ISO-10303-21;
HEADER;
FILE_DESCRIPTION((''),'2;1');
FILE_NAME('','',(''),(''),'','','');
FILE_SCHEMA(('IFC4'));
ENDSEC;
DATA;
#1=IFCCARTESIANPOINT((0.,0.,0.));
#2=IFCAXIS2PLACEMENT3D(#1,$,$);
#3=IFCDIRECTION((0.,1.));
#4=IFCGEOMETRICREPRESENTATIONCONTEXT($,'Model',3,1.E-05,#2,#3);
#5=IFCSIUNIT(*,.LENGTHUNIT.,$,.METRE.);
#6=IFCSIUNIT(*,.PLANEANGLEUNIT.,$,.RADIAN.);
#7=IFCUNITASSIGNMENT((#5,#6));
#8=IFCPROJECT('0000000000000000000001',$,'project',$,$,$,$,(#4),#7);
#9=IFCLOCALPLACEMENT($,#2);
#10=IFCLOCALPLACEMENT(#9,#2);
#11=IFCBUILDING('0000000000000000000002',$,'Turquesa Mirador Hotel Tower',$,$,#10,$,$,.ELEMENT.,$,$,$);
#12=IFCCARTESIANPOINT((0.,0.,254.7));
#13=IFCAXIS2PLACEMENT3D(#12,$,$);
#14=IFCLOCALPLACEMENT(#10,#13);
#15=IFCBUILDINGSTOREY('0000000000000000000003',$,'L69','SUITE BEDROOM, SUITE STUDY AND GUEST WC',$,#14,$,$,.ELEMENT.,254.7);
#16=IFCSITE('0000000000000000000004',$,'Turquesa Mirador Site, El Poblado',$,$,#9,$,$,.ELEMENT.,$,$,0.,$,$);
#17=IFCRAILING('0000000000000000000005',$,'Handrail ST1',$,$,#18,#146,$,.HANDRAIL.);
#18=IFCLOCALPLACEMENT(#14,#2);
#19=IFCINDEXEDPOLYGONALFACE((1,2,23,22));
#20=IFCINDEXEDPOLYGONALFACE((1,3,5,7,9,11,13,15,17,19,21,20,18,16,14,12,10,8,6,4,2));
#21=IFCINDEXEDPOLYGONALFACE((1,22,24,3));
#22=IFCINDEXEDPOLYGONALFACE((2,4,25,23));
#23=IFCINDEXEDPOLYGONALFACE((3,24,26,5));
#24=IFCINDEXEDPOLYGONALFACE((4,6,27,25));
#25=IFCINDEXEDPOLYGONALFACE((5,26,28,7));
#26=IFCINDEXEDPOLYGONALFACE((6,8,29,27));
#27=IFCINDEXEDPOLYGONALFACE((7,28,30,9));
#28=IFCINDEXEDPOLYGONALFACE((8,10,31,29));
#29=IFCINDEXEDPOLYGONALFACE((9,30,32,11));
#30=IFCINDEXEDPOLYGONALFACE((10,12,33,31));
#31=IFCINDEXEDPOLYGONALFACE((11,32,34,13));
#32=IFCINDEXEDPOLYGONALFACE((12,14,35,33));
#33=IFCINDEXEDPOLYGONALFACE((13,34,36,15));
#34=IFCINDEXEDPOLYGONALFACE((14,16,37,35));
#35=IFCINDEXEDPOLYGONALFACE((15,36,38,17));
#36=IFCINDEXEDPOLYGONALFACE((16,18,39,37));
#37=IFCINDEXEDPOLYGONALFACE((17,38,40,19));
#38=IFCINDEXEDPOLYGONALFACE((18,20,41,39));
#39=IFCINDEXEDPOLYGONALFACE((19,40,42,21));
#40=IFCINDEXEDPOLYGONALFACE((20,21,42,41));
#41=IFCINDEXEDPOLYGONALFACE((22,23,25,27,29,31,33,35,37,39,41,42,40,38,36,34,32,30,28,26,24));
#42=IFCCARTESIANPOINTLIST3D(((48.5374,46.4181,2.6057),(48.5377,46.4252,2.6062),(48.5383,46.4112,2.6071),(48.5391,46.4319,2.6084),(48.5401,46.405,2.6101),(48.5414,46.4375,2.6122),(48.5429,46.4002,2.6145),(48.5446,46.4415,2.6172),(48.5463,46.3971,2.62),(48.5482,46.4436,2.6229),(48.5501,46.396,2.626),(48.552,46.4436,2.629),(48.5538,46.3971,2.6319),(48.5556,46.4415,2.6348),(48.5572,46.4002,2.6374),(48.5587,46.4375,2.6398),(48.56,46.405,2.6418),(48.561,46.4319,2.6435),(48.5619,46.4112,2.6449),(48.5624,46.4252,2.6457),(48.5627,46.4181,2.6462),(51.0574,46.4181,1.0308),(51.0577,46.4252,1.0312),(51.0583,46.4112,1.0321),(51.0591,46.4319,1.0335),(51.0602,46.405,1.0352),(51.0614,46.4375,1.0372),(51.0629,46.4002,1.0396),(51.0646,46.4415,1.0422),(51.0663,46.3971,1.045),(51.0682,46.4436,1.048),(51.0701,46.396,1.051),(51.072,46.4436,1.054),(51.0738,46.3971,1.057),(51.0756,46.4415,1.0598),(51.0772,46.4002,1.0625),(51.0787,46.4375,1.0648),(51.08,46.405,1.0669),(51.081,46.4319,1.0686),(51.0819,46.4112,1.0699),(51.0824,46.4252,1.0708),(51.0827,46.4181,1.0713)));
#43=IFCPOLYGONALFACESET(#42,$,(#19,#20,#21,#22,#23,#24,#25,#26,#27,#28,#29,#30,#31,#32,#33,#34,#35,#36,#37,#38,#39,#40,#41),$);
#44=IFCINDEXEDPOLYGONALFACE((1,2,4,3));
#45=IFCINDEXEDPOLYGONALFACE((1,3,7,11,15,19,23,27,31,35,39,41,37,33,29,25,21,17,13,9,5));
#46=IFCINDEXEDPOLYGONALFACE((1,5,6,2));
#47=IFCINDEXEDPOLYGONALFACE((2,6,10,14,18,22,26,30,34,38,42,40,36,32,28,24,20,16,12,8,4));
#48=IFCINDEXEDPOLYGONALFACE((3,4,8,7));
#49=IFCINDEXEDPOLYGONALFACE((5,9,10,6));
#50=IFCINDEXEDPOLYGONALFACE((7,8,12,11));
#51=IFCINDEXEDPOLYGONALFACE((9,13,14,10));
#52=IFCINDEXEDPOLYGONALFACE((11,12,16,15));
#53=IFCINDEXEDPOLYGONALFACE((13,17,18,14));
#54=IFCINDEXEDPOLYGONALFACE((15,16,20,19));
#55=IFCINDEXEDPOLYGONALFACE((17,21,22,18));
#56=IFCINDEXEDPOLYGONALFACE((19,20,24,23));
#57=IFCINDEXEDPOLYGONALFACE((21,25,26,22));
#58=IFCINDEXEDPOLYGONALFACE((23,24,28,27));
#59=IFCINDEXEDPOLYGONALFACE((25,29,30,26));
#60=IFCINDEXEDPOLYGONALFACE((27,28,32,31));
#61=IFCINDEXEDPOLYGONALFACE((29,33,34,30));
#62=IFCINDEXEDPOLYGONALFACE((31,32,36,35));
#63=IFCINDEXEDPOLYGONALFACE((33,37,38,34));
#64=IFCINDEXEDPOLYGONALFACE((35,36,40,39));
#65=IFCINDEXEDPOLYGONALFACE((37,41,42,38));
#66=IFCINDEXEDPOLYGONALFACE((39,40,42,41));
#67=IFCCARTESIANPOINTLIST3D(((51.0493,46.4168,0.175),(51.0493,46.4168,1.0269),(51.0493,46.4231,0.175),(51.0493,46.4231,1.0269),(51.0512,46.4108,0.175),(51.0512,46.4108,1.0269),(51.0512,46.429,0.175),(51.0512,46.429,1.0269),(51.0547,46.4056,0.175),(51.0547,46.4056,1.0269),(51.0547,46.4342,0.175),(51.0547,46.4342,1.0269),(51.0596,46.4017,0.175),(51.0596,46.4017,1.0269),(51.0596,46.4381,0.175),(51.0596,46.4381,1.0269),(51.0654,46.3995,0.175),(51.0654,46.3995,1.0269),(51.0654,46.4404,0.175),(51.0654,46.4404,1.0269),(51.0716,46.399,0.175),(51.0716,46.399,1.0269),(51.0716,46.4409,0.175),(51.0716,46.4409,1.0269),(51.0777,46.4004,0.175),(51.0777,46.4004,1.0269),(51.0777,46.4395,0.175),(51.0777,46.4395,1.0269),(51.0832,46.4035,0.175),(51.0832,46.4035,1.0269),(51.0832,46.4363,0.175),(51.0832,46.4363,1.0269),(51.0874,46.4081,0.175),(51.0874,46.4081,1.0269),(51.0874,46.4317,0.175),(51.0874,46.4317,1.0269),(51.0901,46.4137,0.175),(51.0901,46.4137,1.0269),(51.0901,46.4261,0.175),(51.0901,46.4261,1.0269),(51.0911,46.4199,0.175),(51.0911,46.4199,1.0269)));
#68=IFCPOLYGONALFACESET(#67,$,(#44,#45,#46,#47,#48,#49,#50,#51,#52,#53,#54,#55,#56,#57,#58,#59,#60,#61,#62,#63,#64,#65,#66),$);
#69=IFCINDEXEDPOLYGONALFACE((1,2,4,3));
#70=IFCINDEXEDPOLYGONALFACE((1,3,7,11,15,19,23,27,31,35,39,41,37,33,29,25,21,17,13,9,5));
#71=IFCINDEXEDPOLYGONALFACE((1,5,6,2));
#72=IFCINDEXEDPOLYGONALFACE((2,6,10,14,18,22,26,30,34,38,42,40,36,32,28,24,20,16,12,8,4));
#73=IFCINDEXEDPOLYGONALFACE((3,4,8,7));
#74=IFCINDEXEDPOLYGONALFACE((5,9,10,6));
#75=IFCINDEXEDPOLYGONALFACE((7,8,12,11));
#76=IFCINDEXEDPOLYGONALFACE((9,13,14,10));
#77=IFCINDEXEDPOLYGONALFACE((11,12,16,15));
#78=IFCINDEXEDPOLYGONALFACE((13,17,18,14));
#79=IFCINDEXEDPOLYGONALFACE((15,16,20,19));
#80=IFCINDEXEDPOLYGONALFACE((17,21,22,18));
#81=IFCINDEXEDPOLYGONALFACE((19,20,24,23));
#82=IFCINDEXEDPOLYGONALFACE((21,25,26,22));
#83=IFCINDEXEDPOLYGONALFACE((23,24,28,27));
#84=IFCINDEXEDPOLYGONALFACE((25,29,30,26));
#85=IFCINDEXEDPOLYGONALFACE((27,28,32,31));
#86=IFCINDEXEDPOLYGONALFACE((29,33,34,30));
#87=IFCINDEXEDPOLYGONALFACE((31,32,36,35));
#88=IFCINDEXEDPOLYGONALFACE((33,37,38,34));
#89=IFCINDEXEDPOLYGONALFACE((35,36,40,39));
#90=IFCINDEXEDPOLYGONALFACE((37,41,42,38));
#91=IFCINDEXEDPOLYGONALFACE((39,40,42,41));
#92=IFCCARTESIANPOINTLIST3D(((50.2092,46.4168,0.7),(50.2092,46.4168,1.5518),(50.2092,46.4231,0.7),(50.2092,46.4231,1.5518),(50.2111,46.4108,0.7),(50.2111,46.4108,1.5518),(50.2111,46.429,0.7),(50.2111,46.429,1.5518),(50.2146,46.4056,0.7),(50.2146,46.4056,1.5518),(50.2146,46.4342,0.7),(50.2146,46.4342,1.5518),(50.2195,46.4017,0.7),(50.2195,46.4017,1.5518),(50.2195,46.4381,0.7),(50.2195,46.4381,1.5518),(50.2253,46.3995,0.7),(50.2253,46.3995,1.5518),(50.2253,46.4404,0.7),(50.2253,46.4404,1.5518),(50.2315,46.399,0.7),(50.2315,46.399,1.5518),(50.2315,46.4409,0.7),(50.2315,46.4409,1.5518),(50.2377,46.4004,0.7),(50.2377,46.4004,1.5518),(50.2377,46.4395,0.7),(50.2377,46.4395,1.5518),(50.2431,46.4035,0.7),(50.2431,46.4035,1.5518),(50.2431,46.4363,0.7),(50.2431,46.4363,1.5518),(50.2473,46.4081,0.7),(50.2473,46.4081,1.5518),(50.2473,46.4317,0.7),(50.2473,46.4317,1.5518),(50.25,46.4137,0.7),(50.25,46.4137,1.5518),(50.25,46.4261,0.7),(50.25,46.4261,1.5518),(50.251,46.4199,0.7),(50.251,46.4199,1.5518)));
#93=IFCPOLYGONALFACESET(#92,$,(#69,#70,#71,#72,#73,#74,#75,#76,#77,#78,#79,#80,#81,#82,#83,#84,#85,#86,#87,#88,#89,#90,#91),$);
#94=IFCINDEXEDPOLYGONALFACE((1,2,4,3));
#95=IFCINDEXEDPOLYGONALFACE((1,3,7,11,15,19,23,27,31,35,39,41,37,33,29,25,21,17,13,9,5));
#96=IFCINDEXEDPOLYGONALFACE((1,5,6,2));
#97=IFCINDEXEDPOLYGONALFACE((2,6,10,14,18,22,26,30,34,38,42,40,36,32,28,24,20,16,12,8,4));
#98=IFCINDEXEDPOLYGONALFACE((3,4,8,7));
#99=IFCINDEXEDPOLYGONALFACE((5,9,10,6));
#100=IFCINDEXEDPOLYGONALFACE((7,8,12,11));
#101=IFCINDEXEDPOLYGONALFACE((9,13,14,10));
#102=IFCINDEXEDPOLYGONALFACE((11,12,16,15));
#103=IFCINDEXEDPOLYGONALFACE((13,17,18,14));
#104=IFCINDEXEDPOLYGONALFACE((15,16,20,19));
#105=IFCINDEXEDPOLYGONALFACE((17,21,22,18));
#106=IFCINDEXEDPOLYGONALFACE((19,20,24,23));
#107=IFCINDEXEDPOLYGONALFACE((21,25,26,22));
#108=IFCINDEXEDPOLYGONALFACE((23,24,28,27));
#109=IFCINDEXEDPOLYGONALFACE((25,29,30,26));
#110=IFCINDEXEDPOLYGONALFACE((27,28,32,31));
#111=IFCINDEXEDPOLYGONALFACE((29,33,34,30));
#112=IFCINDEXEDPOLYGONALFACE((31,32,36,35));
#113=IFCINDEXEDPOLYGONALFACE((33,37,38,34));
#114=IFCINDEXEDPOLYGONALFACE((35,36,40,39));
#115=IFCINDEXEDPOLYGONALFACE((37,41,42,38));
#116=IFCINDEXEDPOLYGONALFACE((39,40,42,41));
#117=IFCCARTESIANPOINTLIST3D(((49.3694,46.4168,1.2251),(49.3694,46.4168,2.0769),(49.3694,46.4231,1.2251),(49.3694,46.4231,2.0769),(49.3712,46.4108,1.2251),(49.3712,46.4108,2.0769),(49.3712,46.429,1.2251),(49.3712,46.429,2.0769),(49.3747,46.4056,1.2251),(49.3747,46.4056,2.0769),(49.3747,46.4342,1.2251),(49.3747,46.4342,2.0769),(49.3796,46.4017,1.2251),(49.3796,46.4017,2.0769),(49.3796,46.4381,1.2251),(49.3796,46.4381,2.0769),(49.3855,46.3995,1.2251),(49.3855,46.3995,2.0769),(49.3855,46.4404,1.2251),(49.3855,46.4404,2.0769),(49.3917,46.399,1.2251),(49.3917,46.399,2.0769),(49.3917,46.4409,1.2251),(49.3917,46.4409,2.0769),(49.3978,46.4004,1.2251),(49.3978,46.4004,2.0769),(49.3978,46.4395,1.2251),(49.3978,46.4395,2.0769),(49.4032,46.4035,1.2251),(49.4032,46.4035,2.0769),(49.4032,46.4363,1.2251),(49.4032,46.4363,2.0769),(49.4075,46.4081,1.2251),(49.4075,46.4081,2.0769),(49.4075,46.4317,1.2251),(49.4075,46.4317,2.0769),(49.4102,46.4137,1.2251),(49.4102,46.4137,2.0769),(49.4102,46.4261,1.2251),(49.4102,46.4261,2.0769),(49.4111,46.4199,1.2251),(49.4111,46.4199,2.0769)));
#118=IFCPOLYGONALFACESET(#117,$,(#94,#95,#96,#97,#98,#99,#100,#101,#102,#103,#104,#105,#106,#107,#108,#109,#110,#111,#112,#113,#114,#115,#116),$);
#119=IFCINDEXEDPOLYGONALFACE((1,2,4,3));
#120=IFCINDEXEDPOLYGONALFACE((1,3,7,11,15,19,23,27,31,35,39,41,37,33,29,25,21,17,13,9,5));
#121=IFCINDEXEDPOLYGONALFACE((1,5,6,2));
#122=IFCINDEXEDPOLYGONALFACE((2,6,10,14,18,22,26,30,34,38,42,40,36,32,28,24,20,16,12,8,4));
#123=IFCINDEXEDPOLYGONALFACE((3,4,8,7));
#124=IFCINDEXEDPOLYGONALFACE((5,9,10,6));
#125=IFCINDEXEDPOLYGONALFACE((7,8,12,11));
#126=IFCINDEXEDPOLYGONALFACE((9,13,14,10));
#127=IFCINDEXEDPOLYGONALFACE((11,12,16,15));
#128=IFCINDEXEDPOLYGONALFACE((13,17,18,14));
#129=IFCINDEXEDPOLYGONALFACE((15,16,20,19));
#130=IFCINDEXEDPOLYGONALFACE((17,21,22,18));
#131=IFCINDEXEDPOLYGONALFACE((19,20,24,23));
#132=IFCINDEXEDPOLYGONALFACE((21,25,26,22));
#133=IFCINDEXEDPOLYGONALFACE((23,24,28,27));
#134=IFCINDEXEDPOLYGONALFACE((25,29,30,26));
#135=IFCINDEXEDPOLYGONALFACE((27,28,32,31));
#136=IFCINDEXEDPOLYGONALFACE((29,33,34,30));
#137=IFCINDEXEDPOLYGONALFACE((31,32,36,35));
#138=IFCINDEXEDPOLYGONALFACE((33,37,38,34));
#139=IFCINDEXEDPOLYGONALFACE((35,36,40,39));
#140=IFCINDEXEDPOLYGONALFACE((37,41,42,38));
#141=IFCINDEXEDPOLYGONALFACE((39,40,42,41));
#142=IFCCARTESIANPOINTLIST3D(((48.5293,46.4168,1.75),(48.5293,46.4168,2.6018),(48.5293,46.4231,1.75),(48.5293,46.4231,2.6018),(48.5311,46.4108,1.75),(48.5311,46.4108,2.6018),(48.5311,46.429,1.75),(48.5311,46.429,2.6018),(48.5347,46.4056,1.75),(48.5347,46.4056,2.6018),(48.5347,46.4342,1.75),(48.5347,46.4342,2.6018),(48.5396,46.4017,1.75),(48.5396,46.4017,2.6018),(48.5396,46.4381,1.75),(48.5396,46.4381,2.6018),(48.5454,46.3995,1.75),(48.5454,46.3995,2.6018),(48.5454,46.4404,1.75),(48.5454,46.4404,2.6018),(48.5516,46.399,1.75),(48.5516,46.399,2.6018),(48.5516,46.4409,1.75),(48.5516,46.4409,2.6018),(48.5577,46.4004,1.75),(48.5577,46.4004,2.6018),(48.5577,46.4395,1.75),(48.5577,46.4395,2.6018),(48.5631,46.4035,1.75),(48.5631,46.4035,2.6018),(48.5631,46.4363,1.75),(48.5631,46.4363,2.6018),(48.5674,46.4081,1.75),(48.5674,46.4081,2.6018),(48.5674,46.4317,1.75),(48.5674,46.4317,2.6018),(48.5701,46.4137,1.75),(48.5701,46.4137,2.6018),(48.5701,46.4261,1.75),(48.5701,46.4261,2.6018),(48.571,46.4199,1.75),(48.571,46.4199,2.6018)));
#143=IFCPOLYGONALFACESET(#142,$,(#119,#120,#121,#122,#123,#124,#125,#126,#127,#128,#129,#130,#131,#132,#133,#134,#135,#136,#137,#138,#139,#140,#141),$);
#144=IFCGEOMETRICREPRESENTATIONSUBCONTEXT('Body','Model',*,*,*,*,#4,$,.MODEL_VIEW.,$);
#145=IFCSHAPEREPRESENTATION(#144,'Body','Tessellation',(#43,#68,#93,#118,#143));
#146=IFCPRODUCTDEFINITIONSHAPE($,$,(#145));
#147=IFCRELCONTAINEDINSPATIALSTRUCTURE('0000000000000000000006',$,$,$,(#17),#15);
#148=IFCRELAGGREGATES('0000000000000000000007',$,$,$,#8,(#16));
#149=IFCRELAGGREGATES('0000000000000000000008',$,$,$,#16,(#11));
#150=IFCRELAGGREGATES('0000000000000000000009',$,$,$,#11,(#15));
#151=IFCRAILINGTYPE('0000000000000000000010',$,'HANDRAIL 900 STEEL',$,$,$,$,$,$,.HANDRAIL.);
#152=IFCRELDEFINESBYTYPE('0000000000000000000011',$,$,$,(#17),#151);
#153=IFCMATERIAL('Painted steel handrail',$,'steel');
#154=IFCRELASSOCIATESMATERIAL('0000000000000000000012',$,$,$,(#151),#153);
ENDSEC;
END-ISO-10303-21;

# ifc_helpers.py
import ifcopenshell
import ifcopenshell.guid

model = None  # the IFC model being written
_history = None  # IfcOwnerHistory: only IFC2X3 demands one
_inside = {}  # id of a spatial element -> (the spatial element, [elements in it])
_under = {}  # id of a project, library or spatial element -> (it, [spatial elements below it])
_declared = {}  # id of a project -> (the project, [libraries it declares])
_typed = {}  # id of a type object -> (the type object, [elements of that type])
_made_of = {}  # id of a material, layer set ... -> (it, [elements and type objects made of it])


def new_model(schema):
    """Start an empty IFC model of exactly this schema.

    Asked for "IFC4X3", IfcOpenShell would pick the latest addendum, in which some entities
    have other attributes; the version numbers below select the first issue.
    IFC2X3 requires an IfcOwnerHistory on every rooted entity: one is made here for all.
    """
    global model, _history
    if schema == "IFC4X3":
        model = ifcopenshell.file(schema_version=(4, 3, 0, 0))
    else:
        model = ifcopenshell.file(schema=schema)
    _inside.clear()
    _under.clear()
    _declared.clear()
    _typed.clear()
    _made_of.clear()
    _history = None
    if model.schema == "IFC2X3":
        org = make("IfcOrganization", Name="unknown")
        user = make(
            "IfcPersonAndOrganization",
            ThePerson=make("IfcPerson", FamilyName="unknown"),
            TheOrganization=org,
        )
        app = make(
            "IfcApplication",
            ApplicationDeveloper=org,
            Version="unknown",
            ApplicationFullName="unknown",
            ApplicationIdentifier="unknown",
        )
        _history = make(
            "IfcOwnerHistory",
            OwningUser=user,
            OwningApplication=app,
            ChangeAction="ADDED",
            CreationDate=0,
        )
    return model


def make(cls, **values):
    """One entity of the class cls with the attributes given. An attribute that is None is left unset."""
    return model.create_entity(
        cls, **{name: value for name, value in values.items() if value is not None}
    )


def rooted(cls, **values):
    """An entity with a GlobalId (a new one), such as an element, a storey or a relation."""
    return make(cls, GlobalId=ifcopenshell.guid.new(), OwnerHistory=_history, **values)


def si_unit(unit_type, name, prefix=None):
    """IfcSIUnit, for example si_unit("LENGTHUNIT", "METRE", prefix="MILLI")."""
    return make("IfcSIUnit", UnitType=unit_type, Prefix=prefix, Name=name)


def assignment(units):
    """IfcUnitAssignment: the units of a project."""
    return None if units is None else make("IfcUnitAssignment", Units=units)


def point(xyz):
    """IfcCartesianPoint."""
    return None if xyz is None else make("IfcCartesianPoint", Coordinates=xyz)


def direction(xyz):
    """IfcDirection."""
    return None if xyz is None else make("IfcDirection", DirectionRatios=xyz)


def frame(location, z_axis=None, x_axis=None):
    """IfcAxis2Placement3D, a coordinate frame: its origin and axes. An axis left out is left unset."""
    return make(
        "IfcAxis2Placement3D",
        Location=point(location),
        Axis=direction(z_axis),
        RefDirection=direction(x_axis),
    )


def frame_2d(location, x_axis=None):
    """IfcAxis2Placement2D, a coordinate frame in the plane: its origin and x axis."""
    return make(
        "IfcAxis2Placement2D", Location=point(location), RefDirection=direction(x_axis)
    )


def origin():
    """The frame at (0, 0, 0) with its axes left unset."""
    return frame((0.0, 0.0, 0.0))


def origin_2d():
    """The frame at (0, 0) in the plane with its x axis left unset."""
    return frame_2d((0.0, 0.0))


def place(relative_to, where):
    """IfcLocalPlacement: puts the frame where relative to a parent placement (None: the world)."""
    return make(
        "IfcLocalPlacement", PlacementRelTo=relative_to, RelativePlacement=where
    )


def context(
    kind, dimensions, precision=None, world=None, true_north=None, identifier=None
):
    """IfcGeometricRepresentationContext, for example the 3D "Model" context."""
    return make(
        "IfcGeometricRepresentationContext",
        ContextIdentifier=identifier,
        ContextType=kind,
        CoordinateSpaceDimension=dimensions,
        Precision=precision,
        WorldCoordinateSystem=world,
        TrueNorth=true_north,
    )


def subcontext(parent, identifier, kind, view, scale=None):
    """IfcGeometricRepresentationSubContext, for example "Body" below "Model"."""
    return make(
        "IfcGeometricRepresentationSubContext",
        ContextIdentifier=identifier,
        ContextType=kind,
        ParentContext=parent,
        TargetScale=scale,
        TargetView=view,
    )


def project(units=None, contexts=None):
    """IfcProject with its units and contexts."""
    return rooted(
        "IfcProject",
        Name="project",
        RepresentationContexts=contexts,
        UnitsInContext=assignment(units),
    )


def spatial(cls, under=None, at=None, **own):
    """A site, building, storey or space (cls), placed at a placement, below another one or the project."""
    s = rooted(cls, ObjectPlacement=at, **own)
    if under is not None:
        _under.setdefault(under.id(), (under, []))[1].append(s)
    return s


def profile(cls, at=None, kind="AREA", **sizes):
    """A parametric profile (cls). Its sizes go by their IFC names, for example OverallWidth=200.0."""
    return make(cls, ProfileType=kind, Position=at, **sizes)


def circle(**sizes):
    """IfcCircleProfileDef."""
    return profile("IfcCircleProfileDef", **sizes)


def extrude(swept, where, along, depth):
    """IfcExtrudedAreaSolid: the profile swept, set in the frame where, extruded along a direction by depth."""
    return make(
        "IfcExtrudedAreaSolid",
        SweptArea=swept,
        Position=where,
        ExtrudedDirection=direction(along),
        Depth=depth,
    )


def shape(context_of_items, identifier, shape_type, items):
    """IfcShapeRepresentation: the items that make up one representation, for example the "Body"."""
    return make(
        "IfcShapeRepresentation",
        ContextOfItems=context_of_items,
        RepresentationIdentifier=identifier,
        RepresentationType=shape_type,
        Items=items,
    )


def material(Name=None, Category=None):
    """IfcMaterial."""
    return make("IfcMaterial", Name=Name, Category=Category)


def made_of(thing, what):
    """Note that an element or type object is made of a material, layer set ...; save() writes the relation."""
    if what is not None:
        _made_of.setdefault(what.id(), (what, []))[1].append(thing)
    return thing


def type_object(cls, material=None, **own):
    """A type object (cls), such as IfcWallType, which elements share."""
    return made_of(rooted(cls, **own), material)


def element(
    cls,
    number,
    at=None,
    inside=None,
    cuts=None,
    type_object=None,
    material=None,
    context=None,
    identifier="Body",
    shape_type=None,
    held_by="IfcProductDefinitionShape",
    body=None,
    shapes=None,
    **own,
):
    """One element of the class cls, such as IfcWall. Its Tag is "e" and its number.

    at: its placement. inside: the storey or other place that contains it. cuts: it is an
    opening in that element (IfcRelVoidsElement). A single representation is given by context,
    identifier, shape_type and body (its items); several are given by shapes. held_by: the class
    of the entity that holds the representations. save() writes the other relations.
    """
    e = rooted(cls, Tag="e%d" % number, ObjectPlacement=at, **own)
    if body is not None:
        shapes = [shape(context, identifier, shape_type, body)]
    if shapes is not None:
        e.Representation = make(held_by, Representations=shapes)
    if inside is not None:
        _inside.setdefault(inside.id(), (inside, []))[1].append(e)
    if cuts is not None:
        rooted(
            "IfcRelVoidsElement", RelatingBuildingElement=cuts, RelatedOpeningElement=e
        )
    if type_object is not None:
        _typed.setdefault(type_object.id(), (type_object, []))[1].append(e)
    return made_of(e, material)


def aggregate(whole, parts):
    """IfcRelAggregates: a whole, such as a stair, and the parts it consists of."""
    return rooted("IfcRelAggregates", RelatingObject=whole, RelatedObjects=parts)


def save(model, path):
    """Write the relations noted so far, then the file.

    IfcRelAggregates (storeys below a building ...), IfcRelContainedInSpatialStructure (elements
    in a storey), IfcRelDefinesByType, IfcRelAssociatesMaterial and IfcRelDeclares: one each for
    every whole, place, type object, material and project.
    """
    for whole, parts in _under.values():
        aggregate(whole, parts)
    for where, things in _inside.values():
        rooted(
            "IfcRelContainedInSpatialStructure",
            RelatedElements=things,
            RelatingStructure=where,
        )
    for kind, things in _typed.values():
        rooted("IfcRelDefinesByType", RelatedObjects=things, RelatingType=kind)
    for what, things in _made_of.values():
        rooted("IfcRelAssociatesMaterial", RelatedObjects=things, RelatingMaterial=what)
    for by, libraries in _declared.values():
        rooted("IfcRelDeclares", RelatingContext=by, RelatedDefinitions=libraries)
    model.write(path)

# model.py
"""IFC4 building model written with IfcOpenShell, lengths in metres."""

from ifc_helpers import new_model, si_unit, direction, frame, origin, origin_2d, place, context, subcontext, project, spatial, circle, extrude, material, type_object, element, save


model = new_model("IFC4")

# Units and contexts
model_context = context("Model", 3, precision=1e-05, world=origin(), true_north=direction((0.0, 1.0)))
body_context = subcontext(model_context, "Body", "Model", "MODEL_VIEW")
ifc_project = project(units=[si_unit("LENGTHUNIT", "METRE"), si_unit("PLANEANGLEUNIT", "RADIAN")], contexts=[model_context])

# Site, building, storey
site_placement = place(None, origin())
site = spatial("IfcSite", under=ifc_project, at=site_placement, Name="Turquesa Mirador Site, El Poblado", CompositionType="ELEMENT", RefElevation=0.0)
building_placement = place(site_placement, origin())
building = spatial("IfcBuilding", under=site, at=building_placement, Name="Turquesa Mirador Hotel Tower", CompositionType="ELEMENT")
storey_placement = place(building_placement, frame((0.0, 0.0, 254.7)))
storey = spatial("IfcBuildingStorey", under=building, at=storey_placement, Name="L69", Description="SUITE BEDROOM, SUITE STUDY AND GUEST WC", CompositionType="ELEMENT", Elevation=254.7)

# Railing
ifc_material_1 = material(Name="Painted steel handrail", Category="steel")
railing_type = type_object("IfcRailingType", Name="HANDRAIL 900 STEEL", PredefinedType="HANDRAIL", material=ifc_material_1)
railing_1_placement = place(storey_placement, frame((51.0701, 46.4199, 0.175)))
element("IfcRailing", 1, at=railing_1_placement, inside=storey, type_object=railing_type, Name="Handrail ST1", PredefinedType="HANDRAIL", context=body_context, shape_type="SweptSolid", body=[
    extrude(circle(Radius=0.0239, at=origin_2d()), frame((0.0, 0.0, 0.876), z_axis=(-0.848008, 0.0, 0.529984), x_axis=(0.0, -1.0, 0.0)), (0.0, 0.0, 1.0), 2.9717),
    extrude(circle(Radius=0.021, at=origin_2d()), origin(), (0.0, 0.0, 1.0), 0.8518),
    extrude(circle(Radius=0.021, at=origin_2d()), frame((-0.8401, 0.0, 0.5249)), (0.0, 0.0, 1.0), 0.8518),
    extrude(circle(Radius=0.021, at=origin_2d()), frame((-1.6799, 0.0, 1.05)), (0.0, 0.0, 1.0), 0.8518),
    extrude(circle(Radius=0.021, at=origin_2d()), frame((-2.52, 0.0, 1.575)), (0.0, 0.0, 1.0), 0.8518),
])

save(model, "model.ifc")
